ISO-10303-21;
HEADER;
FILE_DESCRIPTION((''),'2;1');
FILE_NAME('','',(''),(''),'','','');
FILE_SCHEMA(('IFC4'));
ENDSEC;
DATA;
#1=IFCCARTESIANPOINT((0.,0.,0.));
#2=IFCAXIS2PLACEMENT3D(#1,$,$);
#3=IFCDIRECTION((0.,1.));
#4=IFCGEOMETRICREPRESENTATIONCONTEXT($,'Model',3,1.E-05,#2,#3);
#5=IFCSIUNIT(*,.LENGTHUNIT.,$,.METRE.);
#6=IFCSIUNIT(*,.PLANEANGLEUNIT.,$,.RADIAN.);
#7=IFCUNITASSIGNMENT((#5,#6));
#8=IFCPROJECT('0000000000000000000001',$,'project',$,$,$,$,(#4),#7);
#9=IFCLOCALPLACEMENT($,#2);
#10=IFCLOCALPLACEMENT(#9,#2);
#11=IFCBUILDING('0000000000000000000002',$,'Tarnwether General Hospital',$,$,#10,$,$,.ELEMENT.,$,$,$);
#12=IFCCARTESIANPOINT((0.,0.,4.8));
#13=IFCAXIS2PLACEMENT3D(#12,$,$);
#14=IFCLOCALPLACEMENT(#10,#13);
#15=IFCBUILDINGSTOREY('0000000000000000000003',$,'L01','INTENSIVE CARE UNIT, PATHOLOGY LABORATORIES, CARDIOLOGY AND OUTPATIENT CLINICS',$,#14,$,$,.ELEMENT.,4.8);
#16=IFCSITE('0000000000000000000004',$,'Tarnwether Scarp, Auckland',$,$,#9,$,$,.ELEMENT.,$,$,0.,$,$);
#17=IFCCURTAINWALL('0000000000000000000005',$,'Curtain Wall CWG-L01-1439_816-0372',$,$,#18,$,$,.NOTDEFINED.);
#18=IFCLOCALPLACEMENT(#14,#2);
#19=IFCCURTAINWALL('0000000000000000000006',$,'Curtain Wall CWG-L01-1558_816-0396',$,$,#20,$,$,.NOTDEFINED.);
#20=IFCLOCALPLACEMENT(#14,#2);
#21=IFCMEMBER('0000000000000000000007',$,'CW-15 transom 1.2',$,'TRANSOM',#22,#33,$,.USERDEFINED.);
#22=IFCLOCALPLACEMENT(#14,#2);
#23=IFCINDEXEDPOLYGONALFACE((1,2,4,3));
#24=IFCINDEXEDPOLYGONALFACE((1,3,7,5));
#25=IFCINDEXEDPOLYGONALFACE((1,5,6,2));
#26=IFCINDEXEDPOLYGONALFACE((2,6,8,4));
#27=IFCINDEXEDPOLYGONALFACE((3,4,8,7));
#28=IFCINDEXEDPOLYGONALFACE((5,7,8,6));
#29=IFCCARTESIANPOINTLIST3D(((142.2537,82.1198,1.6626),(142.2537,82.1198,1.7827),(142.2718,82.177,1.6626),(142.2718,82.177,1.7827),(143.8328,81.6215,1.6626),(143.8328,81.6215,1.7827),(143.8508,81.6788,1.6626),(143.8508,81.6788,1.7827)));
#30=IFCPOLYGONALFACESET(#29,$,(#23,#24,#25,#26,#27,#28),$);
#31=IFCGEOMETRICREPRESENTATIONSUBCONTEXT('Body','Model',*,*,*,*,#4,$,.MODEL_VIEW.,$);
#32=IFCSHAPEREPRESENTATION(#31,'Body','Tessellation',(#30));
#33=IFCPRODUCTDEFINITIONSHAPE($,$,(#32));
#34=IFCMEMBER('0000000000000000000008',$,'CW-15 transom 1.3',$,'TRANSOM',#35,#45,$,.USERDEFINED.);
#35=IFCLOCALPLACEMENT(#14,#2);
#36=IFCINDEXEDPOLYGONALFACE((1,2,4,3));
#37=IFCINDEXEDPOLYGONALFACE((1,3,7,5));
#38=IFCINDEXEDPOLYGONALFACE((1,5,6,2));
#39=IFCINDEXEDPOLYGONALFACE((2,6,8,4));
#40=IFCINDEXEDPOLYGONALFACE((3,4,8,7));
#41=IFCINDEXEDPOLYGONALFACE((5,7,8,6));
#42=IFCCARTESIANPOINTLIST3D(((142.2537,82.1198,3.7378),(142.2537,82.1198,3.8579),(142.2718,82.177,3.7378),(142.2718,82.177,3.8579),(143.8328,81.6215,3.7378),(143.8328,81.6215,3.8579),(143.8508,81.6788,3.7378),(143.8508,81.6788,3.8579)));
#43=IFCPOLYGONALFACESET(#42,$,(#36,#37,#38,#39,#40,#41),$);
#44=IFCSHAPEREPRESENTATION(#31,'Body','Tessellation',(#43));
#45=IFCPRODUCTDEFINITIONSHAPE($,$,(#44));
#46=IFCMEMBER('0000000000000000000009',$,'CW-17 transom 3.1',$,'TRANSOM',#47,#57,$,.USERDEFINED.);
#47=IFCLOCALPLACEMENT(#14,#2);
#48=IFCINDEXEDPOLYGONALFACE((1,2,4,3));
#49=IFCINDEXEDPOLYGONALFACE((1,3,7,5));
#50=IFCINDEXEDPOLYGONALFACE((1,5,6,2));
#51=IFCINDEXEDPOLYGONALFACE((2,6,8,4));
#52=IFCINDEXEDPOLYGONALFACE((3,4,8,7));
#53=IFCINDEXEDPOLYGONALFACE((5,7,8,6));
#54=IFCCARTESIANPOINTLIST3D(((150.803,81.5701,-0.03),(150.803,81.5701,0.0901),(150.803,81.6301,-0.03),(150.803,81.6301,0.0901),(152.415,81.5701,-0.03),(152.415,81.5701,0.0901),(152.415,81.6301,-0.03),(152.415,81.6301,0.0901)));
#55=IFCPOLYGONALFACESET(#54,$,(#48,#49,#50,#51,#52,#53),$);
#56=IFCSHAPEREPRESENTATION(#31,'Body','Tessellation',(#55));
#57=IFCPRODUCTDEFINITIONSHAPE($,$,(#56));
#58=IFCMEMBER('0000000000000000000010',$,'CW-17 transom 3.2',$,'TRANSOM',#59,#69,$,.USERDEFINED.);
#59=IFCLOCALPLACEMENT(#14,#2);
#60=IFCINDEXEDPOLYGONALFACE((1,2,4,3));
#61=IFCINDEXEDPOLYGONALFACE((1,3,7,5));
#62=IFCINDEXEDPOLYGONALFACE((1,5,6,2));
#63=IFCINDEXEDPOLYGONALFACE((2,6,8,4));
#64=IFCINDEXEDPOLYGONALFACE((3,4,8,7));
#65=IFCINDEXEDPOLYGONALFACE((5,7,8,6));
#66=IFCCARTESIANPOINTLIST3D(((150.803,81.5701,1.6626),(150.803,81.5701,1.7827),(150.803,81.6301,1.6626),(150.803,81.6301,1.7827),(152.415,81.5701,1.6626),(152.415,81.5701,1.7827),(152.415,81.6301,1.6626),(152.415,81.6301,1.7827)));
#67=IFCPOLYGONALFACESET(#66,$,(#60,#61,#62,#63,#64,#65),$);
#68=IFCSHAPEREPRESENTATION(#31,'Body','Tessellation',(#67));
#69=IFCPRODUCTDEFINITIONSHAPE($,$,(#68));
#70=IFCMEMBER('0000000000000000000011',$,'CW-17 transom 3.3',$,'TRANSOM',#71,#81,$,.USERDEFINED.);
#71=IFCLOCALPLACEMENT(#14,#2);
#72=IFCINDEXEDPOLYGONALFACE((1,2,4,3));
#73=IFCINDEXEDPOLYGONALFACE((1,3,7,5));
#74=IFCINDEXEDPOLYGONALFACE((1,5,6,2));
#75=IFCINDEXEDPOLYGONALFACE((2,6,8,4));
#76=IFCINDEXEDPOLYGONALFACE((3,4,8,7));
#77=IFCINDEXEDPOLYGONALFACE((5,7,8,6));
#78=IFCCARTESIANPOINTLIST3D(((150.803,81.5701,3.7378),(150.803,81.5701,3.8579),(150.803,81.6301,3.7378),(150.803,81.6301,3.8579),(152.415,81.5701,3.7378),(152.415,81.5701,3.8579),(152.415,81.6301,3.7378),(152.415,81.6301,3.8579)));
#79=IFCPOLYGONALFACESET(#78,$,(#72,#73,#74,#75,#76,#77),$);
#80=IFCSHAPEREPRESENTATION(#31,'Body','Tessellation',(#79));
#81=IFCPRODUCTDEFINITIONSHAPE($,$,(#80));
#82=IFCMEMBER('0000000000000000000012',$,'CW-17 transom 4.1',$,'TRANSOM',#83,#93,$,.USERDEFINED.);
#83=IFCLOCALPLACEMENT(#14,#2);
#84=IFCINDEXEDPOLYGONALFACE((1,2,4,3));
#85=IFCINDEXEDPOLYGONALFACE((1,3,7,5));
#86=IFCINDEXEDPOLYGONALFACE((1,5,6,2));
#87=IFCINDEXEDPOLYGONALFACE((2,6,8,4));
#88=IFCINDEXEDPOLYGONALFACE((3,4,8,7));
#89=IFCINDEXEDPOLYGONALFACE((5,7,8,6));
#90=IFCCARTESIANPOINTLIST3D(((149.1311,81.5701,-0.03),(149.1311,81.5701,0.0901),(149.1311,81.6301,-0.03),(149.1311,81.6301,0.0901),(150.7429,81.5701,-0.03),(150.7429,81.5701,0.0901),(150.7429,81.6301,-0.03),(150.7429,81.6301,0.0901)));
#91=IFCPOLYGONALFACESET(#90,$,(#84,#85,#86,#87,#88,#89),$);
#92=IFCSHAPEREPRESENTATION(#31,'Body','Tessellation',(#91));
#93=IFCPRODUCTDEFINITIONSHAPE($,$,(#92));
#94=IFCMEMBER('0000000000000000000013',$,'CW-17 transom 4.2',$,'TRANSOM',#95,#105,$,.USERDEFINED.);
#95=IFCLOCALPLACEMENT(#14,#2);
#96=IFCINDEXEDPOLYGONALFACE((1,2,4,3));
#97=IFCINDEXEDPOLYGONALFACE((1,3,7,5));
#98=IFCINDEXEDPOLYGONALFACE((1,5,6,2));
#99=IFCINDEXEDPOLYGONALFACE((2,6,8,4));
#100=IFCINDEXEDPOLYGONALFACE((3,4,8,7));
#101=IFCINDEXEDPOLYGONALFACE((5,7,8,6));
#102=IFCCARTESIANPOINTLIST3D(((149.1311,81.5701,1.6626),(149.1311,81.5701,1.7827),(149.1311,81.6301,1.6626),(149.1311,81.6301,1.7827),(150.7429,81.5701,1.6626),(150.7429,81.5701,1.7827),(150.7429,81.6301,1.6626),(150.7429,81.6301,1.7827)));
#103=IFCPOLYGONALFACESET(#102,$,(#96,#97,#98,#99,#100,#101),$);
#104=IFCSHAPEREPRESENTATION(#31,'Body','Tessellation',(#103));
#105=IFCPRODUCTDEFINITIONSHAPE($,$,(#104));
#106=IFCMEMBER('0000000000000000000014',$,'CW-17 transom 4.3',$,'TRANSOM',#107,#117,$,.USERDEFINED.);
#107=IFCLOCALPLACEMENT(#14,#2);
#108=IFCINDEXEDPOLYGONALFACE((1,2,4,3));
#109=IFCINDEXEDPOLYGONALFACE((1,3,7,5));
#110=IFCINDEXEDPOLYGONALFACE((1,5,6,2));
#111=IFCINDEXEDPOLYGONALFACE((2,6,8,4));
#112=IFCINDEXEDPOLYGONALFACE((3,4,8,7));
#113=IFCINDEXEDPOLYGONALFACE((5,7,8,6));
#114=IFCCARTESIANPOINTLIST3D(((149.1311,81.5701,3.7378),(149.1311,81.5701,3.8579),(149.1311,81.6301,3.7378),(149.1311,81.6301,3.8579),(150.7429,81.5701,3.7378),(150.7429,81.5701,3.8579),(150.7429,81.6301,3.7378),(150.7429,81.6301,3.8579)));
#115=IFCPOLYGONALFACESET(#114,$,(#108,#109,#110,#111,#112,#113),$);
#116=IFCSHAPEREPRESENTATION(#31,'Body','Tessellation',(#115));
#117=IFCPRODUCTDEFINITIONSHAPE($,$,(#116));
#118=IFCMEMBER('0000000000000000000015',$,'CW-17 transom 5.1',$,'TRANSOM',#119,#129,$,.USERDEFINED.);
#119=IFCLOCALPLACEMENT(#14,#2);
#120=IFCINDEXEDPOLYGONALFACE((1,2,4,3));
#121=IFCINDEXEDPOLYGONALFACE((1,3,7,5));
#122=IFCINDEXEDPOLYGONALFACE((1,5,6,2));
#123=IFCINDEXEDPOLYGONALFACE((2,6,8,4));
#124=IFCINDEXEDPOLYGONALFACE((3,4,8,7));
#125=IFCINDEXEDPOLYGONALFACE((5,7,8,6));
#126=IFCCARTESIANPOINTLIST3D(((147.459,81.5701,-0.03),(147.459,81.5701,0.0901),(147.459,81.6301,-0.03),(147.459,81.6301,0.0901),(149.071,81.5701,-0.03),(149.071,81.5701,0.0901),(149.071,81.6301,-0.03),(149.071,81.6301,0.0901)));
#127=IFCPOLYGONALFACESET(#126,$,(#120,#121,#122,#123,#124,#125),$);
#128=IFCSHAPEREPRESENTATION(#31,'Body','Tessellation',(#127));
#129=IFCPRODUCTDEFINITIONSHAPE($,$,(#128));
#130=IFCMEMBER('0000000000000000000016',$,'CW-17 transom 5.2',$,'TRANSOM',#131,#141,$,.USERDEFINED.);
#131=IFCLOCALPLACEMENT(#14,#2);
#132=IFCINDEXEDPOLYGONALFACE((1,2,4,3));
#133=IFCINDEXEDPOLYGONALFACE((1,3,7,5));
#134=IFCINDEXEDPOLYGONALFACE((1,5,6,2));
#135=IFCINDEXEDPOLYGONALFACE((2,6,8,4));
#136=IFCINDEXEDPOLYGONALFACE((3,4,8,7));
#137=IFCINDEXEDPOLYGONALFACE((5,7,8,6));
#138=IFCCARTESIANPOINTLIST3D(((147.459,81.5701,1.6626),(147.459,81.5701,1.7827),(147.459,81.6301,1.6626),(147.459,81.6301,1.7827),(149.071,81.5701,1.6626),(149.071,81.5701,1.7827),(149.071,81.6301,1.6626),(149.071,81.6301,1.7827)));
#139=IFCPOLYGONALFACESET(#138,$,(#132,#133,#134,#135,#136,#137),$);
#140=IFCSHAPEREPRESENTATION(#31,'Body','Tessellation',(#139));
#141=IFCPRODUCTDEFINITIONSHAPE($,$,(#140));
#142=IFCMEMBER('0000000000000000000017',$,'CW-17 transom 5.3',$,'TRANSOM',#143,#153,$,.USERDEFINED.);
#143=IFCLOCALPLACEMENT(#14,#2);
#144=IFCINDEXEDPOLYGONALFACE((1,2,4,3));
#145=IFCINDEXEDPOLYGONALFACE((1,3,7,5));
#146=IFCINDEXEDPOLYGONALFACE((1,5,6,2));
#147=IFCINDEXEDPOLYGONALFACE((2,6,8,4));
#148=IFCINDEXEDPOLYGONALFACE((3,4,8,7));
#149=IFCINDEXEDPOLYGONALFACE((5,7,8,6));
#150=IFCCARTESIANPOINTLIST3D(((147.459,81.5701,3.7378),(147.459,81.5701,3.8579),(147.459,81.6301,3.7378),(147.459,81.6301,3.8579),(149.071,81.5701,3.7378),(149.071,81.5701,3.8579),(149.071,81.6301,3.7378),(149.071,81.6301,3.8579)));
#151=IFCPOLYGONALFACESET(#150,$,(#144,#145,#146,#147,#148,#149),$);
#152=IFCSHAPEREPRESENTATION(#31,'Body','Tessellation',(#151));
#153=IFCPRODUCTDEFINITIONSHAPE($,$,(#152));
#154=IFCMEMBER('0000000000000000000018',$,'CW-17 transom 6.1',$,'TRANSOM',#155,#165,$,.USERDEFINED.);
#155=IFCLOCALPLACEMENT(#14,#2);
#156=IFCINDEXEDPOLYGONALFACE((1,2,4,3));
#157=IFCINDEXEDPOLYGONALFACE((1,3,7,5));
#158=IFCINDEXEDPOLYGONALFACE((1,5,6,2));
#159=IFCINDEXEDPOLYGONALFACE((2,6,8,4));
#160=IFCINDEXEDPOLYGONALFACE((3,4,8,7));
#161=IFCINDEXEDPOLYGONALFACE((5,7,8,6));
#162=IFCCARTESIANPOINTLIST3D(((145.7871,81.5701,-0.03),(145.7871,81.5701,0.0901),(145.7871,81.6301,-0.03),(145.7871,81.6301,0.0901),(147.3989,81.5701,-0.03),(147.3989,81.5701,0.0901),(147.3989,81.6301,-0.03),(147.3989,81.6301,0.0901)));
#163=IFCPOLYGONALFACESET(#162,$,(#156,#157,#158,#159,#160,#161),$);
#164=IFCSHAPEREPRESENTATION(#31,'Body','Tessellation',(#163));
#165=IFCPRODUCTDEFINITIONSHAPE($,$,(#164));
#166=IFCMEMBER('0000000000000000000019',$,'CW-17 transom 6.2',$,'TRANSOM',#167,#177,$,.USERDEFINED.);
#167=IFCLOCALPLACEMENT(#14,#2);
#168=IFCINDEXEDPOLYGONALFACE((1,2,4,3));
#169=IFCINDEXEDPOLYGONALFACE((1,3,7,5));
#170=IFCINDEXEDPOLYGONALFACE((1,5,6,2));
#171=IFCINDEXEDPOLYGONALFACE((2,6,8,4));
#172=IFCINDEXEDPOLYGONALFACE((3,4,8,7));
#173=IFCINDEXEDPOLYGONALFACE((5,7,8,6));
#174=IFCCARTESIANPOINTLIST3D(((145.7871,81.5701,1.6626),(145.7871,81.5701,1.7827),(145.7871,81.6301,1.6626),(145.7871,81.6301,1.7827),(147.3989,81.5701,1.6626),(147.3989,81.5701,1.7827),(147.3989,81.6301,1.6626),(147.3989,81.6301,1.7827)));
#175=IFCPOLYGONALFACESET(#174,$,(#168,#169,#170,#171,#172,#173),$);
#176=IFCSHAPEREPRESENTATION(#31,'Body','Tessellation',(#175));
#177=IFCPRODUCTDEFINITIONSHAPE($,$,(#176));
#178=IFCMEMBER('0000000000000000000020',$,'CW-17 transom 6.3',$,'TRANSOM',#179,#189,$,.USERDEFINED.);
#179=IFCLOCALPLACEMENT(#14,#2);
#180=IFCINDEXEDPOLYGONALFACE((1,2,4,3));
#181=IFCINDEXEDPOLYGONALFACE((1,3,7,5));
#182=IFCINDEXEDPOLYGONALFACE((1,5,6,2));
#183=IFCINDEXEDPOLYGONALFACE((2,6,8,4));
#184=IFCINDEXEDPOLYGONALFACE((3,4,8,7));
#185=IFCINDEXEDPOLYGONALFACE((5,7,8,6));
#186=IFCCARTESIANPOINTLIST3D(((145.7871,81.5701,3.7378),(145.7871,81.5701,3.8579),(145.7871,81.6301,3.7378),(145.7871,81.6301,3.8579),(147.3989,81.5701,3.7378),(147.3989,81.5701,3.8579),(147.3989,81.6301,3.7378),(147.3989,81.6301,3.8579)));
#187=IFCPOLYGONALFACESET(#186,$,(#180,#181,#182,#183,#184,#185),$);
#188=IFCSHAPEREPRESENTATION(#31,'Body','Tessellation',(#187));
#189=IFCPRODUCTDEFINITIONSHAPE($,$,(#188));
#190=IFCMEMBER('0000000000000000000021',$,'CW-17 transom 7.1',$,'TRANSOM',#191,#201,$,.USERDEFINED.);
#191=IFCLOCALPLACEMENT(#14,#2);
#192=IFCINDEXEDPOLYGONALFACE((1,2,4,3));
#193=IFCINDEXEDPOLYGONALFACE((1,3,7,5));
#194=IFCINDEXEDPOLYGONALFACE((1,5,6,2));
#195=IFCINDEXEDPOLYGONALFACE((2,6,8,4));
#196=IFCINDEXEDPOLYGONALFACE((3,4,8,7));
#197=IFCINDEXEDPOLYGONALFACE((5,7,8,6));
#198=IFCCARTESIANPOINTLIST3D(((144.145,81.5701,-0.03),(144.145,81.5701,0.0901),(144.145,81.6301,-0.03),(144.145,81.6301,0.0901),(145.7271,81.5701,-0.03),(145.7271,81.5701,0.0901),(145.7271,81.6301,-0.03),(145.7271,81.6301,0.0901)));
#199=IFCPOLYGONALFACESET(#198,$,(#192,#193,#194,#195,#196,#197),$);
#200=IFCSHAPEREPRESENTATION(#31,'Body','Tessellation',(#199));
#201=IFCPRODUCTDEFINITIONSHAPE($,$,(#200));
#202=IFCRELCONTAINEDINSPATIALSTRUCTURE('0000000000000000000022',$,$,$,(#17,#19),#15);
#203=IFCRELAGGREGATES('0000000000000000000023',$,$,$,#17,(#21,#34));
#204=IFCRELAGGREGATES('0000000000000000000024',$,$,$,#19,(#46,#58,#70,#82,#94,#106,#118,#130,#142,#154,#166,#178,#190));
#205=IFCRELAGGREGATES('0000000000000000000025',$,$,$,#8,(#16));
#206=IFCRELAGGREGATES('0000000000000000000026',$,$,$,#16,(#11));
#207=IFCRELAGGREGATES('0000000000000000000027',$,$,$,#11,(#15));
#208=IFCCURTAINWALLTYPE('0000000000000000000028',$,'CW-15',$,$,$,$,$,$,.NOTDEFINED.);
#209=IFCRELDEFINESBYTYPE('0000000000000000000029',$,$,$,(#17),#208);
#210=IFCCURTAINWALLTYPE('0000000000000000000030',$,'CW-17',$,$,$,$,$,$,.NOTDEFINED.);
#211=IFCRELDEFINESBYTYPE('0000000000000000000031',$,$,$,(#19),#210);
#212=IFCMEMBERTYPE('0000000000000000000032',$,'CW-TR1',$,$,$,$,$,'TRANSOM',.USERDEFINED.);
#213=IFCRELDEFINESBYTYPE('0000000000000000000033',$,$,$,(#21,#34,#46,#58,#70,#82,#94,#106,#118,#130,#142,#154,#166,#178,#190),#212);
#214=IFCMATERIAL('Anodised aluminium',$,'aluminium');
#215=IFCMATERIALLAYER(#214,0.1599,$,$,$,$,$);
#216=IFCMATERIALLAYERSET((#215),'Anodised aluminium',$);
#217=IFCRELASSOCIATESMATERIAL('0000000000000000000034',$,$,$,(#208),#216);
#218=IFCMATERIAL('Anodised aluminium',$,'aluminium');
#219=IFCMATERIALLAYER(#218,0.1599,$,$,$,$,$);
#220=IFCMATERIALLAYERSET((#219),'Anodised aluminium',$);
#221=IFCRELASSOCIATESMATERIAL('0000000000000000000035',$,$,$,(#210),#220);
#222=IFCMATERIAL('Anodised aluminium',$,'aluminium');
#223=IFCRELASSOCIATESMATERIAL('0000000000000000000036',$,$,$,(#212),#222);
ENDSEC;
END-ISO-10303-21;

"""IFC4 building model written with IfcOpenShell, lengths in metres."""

from ifc_helpers import new_model, si_unit, direction, frame, origin, origin_2d, place, context, subcontext, project, spatial, rectangle, extrude, material, layer, layer_set, material_profile, profile_set, type_object, element, aggregate, save


model = new_model("IFC4")

# Units and contexts
model_context = context("Model", 3, precision=1e-05, world=origin(), true_north=direction((0.0, 1.0)))
body_context = subcontext(model_context, "Body", "Model", "MODEL_VIEW")
ifc_project = project(units=[si_unit("LENGTHUNIT", "METRE"), si_unit("PLANEANGLEUNIT", "RADIAN")], contexts=[model_context])

# Site, building, storey
site_placement = place(None, origin())
site = spatial("IfcSite", under=ifc_project, at=site_placement, Name="Tarnwether Scarp, Auckland", CompositionType="ELEMENT", RefElevation=0.0)
building_placement = place(site_placement, origin())
building = spatial("IfcBuilding", under=site, at=building_placement, Name="Tarnwether General Hospital", CompositionType="ELEMENT")
storey_placement = place(building_placement, frame((0.0, 0.0, 4.8)))
storey = spatial("IfcBuildingStorey", under=building, at=storey_placement, Name="L01", Description="INTENSIVE CARE UNIT, PATHOLOGY LABORATORIES, CARDIOLOGY AND OUTPATIENT CLINICS", CompositionType="ELEMENT", Elevation=4.8)

# Curtain wall
ifc_material_1 = material(Name="Anodised aluminium", Category="aluminium")
ifc_layer_1 = layer(ifc_material_1, 0.1599)
ifc_layer_set_1 = layer_set([ifc_layer_1], Name="Anodised aluminium")
curtain_wall_type_1 = type_object("IfcCurtainWallType", Name="CW-15", PredefinedType="NOTDEFINED", material=ifc_layer_set_1)
curtain_wall_1_placement = place(storey_placement, origin())
curtain_wall_1 = element("IfcCurtainWall", 1, at=curtain_wall_1_placement, inside=storey, type_object=curtain_wall_type_1, Name="Curtain Wall CWG-L01-1439_816-0372", PredefinedType="NOTDEFINED")

# Curtain wall
ifc_material_2 = material(Name="Anodised aluminium", Category="aluminium")
ifc_layer_2 = layer(ifc_material_2, 0.1599)
ifc_layer_set_2 = layer_set([ifc_layer_2], Name="Anodised aluminium")
curtain_wall_type_2 = type_object("IfcCurtainWallType", Name="CW-17", PredefinedType="NOTDEFINED", material=ifc_layer_set_2)
curtain_wall_2_placement = place(storey_placement, origin())
curtain_wall_2 = element("IfcCurtainWall", 2, at=curtain_wall_2_placement, inside=storey, type_object=curtain_wall_type_2, Name="Curtain Wall CWG-L01-1558_816-0396", PredefinedType="NOTDEFINED")

# Members
ifc_material_3 = material(Name="Anodised aluminium", Category="aluminium")
ifc_material_profile_1 = material_profile(ifc_material_3, rectangle(XDim=0.0601, YDim=0.1201, at=origin_2d()), Name="ALU-TRN-60x120")
ifc_profile_set_1 = profile_set([ifc_material_profile_1], Name="Anodised aluminium")
member_type_1 = type_object("IfcMemberType", Name="CW-TR1", ElementType="TRANSOM", PredefinedType="USERDEFINED", material=ifc_profile_set_1)
member_1_placement = place(storey_placement, frame((143.8418, 81.6501, 1.7227), z_axis=(-0.953647, 0.300927, 0.0), x_axis=(-0.300927, -0.953647, 0.0)))
member_1 = element("IfcMember", 3, at=member_1_placement, type_object=member_type_1, Name="CW-15 transom 1.2", ObjectType="TRANSOM", PredefinedType="USERDEFINED", context=body_context, shape_type="SweptSolid", body=[
    extrude(rectangle(XDim=0.0601, YDim=0.1201, at=origin_2d()), origin(), (0.0, 0.0, 1.0), 1.6558),
])
member_2_placement = place(storey_placement, frame((143.8418, 81.6501, 3.7979), z_axis=(-0.953647, 0.300927, 0.0), x_axis=(-0.300927, -0.953647, 0.0)))
member_2 = element("IfcMember", 4, at=member_2_placement, type_object=member_type_1, Name="CW-15 transom 1.3", ObjectType="TRANSOM", PredefinedType="USERDEFINED", context=body_context, shape_type="SweptSolid", body=[
    extrude(rectangle(XDim=0.0601, YDim=0.1201, at=origin_2d()), origin(), (0.0, 0.0, 1.0), 1.6558),
])
member_3_placement = place(storey_placement, frame((152.415, 81.6001, 0.03), z_axis=(-1.0, 0.0, 0.0), x_axis=(0.0, -1.0, 0.0)))
member_3 = element("IfcMember", 5, at=member_3_placement, type_object=member_type_1, Name="CW-17 transom 3.1", ObjectType="TRANSOM", PredefinedType="USERDEFINED", context=body_context, shape_type="SweptSolid", body=[
    extrude(rectangle(XDim=0.0601, YDim=0.1201, at=origin_2d()), origin(), (0.0, 0.0, 1.0), 1.6121),
])
member_4_placement = place(storey_placement, frame((152.415, 81.6001, 1.7227), z_axis=(-1.0, 0.0, 0.0), x_axis=(0.0, -1.0, 0.0)))
member_4 = element("IfcMember", 6, at=member_4_placement, type_object=member_type_1, Name="CW-17 transom 3.2", ObjectType="TRANSOM", PredefinedType="USERDEFINED", context=body_context, shape_type="SweptSolid", body=[
    extrude(rectangle(XDim=0.0601, YDim=0.1201, at=origin_2d()), origin(), (0.0, 0.0, 1.0), 1.6121),
])
member_5_placement = place(storey_placement, frame((152.415, 81.6001, 3.7979), z_axis=(-1.0, 0.0, 0.0), x_axis=(0.0, -1.0, 0.0)))
member_5 = element("IfcMember", 7, at=member_5_placement, type_object=member_type_1, Name="CW-17 transom 3.3", ObjectType="TRANSOM", PredefinedType="USERDEFINED", context=body_context, shape_type="SweptSolid", body=[
    extrude(rectangle(XDim=0.0601, YDim=0.1201, at=origin_2d()), origin(), (0.0, 0.0, 1.0), 1.6121),
])
member_6_placement = place(storey_placement, frame((150.7429, 81.6001, 0.03), z_axis=(-1.0, 0.0, 0.0), x_axis=(0.0, -1.0, 0.0)))
member_6 = element("IfcMember", 8, at=member_6_placement, type_object=member_type_1, Name="CW-17 transom 4.1", ObjectType="TRANSOM", PredefinedType="USERDEFINED", context=body_context, shape_type="SweptSolid", body=[
    extrude(rectangle(XDim=0.0601, YDim=0.1201, at=origin_2d()), origin(), (0.0, 0.0, 1.0), 1.6118),
])
member_7_placement = place(storey_placement, frame((150.7429, 81.6001, 1.7227), z_axis=(-1.0, 0.0, 0.0), x_axis=(0.0, -1.0, 0.0)))
member_7 = element("IfcMember", 9, at=member_7_placement, type_object=member_type_1, Name="CW-17 transom 4.2", ObjectType="TRANSOM", PredefinedType="USERDEFINED", context=body_context, shape_type="SweptSolid", body=[
    extrude(rectangle(XDim=0.0601, YDim=0.1201, at=origin_2d()), origin(), (0.0, 0.0, 1.0), 1.6118),
])
member_8_placement = place(storey_placement, frame((150.7429, 81.6001, 3.7979), z_axis=(-1.0, 0.0, 0.0), x_axis=(0.0, -1.0, 0.0)))
member_8 = element("IfcMember", 10, at=member_8_placement, type_object=member_type_1, Name="CW-17 transom 4.3", ObjectType="TRANSOM", PredefinedType="USERDEFINED", context=body_context, shape_type="SweptSolid", body=[
    extrude(rectangle(XDim=0.0601, YDim=0.1201, at=origin_2d()), origin(), (0.0, 0.0, 1.0), 1.6118),
])
member_9_placement = place(storey_placement, frame((149.071, 81.6001, 0.03), z_axis=(-1.0, 0.0, 0.0), x_axis=(0.0, -1.0, 0.0)))
member_9 = element("IfcMember", 11, at=member_9_placement, type_object=member_type_1, Name="CW-17 transom 5.1", ObjectType="TRANSOM", PredefinedType="USERDEFINED", context=body_context, shape_type="SweptSolid", body=[
    extrude(rectangle(XDim=0.0601, YDim=0.1201, at=origin_2d()), origin(), (0.0, 0.0, 1.0), 1.6121),
])
member_10_placement = place(storey_placement, frame((149.071, 81.6001, 1.7227), z_axis=(-1.0, 0.0, 0.0), x_axis=(0.0, -1.0, 0.0)))
member_10 = element("IfcMember", 12, at=member_10_placement, type_object=member_type_1, Name="CW-17 transom 5.2", ObjectType="TRANSOM", PredefinedType="USERDEFINED", context=body_context, shape_type="SweptSolid", body=[
    extrude(rectangle(XDim=0.0601, YDim=0.1201, at=origin_2d()), origin(), (0.0, 0.0, 1.0), 1.6121),
])
member_11_placement = place(storey_placement, frame((149.071, 81.6001, 3.7979), z_axis=(-1.0, 0.0, 0.0), x_axis=(0.0, -1.0, 0.0)))
member_11 = element("IfcMember", 13, at=member_11_placement, type_object=member_type_1, Name="CW-17 transom 5.3", ObjectType="TRANSOM", PredefinedType="USERDEFINED", context=body_context, shape_type="SweptSolid", body=[
    extrude(rectangle(XDim=0.0601, YDim=0.1201, at=origin_2d()), origin(), (0.0, 0.0, 1.0), 1.6121),
])
member_12_placement = place(storey_placement, frame((147.3989, 81.6001, 0.03), z_axis=(-1.0, 0.0, 0.0), x_axis=(0.0, -1.0, 0.0)))
member_12 = element("IfcMember", 14, at=member_12_placement, type_object=member_type_1, Name="CW-17 transom 6.1", ObjectType="TRANSOM", PredefinedType="USERDEFINED", context=body_context, shape_type="SweptSolid", body=[
    extrude(rectangle(XDim=0.0601, YDim=0.1201, at=origin_2d()), origin(), (0.0, 0.0, 1.0), 1.6118),
])
member_13_placement = place(storey_placement, frame((147.3989, 81.6001, 1.7227), z_axis=(-1.0, 0.0, 0.0), x_axis=(0.0, -1.0, 0.0)))
member_13 = element("IfcMember", 15, at=member_13_placement, type_object=member_type_1, Name="CW-17 transom 6.2", ObjectType="TRANSOM", PredefinedType="USERDEFINED", context=body_context, shape_type="SweptSolid", body=[
    extrude(rectangle(XDim=0.0601, YDim=0.1201, at=origin_2d()), origin(), (0.0, 0.0, 1.0), 1.6118),
])
member_14_placement = place(storey_placement, frame((147.3989, 81.6001, 3.7979), z_axis=(-1.0, 0.0, 0.0), x_axis=(0.0, -1.0, 0.0)))
member_14 = element("IfcMember", 16, at=member_14_placement, type_object=member_type_1, Name="CW-17 transom 6.3", ObjectType="TRANSOM", PredefinedType="USERDEFINED", context=body_context, shape_type="SweptSolid", body=[
    extrude(rectangle(XDim=0.0601, YDim=0.1201, at=origin_2d()), origin(), (0.0, 0.0, 1.0), 1.6118),
])
member_15_placement = place(storey_placement, frame((145.7271, 81.6001, 0.03), z_axis=(-1.0, 0.0, 0.0), x_axis=(0.0, -1.0, 0.0)))
member_15 = element("IfcMember", 17, at=member_15_placement, type_object=member_type_1, Name="CW-17 transom 7.1", ObjectType="TRANSOM", PredefinedType="USERDEFINED", context=body_context, shape_type="SweptSolid", body=[
    extrude(rectangle(XDim=0.0601, YDim=0.1201, at=origin_2d()), origin(), (0.0, 0.0, 1.0), 1.582),
])

aggregate(curtain_wall_1, [member_1, member_2])
aggregate(curtain_wall_2, [member_3, member_4, member_5, member_6, member_7, member_8, member_9, member_10, member_11, member_12, member_13, member_14, member_15])

save(model, "model.ifc")
